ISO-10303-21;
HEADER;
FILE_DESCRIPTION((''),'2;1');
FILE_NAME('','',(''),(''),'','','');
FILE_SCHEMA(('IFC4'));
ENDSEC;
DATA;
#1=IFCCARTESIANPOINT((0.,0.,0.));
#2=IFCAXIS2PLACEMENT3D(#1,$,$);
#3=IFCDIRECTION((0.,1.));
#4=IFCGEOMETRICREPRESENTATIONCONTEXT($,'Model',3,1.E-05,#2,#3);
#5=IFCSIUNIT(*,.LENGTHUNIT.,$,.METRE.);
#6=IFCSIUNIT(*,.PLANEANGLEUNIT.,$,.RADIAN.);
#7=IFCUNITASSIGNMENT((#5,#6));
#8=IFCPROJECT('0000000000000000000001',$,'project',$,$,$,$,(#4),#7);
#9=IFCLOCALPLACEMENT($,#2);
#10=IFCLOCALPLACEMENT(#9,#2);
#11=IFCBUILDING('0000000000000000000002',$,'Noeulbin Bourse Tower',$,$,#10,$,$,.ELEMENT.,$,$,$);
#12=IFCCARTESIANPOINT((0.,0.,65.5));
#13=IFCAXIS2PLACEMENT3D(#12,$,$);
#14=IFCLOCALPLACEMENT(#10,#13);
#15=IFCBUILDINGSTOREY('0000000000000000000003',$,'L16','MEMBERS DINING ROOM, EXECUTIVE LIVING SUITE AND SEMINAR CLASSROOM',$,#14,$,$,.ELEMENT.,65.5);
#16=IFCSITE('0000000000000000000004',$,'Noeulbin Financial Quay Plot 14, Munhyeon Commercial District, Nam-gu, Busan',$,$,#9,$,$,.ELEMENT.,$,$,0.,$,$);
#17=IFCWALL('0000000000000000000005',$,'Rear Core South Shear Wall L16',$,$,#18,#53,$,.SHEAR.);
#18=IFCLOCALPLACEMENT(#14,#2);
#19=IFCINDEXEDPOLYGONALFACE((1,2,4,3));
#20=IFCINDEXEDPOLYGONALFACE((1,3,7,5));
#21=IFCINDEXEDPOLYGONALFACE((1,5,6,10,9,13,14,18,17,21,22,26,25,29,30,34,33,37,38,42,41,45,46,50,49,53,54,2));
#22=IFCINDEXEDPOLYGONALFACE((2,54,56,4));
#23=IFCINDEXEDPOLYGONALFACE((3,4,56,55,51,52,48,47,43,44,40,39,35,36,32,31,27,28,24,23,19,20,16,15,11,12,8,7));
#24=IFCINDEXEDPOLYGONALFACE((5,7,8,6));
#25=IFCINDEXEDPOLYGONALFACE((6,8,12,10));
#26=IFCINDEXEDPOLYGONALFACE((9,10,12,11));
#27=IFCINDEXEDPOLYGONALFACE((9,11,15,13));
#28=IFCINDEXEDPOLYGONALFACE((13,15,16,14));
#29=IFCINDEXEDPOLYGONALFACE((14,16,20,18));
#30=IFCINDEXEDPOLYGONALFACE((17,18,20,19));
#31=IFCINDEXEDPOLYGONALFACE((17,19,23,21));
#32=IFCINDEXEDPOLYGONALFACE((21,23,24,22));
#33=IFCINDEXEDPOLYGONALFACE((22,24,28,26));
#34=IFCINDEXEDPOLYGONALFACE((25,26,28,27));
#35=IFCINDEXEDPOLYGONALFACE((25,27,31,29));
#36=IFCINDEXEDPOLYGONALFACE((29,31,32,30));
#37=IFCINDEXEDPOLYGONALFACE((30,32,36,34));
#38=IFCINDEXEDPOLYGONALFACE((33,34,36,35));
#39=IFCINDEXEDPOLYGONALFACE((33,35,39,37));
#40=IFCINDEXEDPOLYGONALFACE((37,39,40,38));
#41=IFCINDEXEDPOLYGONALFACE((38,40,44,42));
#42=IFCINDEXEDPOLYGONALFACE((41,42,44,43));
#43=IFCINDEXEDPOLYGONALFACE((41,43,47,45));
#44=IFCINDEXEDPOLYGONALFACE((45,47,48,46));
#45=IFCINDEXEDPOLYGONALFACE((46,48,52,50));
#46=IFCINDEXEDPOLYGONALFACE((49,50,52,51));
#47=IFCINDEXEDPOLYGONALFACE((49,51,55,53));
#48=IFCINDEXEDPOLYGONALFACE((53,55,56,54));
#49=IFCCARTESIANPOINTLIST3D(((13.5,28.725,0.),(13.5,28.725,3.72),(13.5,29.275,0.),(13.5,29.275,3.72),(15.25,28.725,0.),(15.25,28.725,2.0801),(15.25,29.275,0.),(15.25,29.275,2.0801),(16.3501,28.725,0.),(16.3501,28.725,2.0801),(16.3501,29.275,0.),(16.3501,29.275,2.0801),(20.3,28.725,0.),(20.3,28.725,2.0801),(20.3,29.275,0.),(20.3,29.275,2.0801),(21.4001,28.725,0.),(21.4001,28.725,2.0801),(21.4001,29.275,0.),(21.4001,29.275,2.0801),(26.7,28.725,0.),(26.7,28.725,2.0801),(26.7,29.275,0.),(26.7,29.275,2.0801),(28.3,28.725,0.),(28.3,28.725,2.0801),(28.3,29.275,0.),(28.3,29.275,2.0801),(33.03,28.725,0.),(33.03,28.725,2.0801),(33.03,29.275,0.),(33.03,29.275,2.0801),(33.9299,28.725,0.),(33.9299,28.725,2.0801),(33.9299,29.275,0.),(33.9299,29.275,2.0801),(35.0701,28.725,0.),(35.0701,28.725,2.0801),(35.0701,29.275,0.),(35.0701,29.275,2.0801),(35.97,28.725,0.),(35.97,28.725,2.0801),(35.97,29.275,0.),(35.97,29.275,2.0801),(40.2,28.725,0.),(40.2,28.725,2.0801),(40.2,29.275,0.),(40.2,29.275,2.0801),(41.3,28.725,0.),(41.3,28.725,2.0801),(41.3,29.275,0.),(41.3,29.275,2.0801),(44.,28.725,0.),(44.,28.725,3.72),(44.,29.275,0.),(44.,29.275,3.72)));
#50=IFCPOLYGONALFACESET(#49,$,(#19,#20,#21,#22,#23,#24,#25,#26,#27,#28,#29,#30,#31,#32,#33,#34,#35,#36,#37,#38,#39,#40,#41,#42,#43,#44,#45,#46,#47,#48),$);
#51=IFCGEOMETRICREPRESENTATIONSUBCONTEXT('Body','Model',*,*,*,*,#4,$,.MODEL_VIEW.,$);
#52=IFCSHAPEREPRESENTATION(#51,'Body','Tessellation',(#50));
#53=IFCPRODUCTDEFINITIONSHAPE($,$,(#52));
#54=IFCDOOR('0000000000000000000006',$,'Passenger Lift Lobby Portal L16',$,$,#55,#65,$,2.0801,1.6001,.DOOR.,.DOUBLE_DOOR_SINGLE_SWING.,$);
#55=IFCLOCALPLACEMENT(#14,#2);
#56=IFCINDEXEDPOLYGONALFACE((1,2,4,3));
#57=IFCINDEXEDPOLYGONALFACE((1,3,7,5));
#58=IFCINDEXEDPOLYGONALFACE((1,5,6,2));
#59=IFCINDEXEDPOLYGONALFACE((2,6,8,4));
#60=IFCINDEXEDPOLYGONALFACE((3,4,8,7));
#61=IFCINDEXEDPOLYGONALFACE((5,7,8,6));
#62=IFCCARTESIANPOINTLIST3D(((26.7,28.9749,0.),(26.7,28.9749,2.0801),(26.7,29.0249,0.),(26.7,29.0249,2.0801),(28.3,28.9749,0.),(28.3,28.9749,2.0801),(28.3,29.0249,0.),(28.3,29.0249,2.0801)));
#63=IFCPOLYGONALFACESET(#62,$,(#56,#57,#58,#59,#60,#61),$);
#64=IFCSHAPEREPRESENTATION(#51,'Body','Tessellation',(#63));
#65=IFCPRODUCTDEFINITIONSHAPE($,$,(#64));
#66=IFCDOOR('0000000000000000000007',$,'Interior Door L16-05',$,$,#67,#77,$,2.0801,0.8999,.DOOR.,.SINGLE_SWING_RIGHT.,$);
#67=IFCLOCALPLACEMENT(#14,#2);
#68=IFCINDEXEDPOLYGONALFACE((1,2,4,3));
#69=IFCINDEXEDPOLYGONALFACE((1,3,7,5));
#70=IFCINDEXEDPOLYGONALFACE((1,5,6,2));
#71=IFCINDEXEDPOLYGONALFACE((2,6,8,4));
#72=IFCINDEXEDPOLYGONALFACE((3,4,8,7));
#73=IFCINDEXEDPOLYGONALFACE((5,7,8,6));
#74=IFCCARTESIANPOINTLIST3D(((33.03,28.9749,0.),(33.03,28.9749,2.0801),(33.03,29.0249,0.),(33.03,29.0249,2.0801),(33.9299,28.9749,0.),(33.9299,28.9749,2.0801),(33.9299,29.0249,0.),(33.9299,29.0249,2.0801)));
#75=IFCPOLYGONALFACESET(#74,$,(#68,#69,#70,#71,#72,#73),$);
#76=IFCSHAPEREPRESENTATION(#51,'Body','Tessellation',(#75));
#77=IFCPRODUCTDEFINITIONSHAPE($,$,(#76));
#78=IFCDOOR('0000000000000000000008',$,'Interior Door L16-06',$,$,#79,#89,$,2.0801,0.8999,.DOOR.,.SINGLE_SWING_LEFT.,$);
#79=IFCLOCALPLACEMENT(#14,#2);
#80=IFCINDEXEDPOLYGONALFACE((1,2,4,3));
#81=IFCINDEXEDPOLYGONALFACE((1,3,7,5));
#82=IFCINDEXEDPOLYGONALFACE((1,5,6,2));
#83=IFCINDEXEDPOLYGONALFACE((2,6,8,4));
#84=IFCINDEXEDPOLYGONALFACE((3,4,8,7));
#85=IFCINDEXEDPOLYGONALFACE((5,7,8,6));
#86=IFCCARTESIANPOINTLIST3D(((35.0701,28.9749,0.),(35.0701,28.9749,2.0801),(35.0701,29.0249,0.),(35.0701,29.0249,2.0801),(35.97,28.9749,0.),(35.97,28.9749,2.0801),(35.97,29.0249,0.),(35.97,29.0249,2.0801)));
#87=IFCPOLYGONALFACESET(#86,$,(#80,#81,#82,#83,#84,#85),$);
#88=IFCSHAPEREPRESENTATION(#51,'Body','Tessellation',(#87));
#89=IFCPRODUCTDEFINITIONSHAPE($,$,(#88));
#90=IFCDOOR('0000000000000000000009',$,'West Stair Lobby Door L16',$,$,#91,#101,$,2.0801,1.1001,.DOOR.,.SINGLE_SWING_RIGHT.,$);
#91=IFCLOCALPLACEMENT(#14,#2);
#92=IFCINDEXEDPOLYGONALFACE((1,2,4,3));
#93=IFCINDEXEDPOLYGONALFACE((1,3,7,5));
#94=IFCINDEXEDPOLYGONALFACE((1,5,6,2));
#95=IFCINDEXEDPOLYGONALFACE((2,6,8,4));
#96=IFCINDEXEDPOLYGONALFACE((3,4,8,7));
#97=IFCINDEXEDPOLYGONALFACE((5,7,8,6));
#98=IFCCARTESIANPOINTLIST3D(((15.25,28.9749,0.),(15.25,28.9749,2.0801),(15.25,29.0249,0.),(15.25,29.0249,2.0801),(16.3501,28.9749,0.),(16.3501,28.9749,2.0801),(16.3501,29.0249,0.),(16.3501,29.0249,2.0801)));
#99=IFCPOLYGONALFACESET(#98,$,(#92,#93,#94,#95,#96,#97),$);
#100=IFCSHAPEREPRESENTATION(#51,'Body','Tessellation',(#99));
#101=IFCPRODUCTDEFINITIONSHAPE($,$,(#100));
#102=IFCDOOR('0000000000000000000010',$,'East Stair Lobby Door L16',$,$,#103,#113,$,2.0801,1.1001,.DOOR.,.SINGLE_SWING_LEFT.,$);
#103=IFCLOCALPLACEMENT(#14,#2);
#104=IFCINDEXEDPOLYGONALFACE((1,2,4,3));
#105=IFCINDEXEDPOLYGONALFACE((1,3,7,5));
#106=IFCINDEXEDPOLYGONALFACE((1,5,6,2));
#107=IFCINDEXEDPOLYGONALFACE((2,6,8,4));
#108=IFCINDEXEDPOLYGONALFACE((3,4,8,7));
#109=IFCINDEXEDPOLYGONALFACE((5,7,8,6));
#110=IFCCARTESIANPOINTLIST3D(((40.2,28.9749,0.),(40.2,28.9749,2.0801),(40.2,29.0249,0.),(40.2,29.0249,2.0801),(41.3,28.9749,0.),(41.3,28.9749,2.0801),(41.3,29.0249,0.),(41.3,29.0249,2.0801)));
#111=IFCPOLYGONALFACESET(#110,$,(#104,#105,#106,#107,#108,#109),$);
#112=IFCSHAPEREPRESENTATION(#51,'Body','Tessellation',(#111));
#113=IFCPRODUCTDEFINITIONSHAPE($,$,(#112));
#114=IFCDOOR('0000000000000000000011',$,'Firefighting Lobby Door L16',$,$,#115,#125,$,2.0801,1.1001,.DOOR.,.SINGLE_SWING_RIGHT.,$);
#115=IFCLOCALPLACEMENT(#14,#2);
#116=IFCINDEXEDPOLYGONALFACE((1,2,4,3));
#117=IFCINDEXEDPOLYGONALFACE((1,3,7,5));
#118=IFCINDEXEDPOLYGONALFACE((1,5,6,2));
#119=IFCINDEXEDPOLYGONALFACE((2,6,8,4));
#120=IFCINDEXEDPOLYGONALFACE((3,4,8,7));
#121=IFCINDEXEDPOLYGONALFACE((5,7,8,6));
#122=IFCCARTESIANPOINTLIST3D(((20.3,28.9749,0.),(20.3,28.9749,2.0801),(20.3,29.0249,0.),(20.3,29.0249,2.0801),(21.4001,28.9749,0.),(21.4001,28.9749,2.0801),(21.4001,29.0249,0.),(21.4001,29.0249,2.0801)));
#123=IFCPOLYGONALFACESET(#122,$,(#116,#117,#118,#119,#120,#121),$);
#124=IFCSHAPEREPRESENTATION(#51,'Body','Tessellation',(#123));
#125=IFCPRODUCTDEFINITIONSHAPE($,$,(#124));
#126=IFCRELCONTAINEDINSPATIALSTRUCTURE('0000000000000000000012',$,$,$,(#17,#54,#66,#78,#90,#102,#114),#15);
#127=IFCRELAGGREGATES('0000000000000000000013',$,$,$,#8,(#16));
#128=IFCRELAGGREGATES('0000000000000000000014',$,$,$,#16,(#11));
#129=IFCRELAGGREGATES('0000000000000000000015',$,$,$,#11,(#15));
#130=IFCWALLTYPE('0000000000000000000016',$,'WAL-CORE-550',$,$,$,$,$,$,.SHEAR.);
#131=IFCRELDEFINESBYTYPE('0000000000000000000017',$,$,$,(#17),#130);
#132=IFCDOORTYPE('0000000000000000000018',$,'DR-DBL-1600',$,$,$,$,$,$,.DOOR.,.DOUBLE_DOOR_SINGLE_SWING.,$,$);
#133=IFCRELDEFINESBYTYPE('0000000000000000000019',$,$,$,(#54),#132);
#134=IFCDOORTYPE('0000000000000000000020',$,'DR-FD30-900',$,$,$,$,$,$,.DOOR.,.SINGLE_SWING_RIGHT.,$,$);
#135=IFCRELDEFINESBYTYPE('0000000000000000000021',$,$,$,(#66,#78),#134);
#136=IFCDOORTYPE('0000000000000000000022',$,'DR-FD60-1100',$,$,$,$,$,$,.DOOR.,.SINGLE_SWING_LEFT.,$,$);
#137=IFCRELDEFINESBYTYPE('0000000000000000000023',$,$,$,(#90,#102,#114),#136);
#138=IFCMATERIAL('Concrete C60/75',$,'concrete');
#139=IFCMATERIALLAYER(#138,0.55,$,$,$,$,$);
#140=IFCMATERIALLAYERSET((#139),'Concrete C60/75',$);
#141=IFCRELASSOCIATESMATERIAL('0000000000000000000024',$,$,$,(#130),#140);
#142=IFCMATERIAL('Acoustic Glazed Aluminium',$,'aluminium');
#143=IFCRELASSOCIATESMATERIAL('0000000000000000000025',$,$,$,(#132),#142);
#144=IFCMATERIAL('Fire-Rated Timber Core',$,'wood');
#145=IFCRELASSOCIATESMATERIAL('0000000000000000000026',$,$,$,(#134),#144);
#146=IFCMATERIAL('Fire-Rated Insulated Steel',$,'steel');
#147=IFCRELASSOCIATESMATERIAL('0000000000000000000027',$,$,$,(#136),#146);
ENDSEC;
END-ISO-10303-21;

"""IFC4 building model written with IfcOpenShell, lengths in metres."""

from ifc_helpers import new_model, si_unit, direction, frame, frame_2d, origin, place, context, subcontext, project, spatial, rectangle, extrude, material, layer, layer_set, type_object, element, fill, save


model = new_model("IFC4")

# Units and contexts
model_context = context("Model", 3, precision=1e-05, world=origin(), true_north=direction((0.0, 1.0)))
body_context = subcontext(model_context, "Body", "Model", "MODEL_VIEW")
ifc_project = project(units=[si_unit("LENGTHUNIT", "METRE"), si_unit("PLANEANGLEUNIT", "RADIAN")], contexts=[model_context])

# Site, building, storey
site_placement = place(None, origin())
site = spatial("IfcSite", under=ifc_project, at=site_placement, Name="Noeulbin Financial Quay Plot 14, Munhyeon Commercial District, Nam-gu, Busan", CompositionType="ELEMENT", RefElevation=0.0)
building_placement = place(site_placement, origin())
building = spatial("IfcBuilding", under=site, at=building_placement, Name="Noeulbin Bourse Tower", CompositionType="ELEMENT")
storey_placement = place(building_placement, frame((0.0, 0.0, 65.5)))
storey = spatial("IfcBuildingStorey", under=building, at=storey_placement, Name="L16", Description="MEMBERS DINING ROOM, EXECUTIVE LIVING SUITE AND SEMINAR CLASSROOM", CompositionType="ELEMENT", Elevation=65.5)

# Wall, openings, doors
ifc_material_1 = material(Name="Concrete C60/75", Category="concrete")
ifc_layer_1 = layer(ifc_material_1, 0.55)
ifc_layer_set_1 = layer_set([ifc_layer_1], Name="Concrete C60/75")
wall_type_1 = type_object("IfcWallType", Name="WAL-CORE-550", PredefinedType="SHEAR", material=ifc_layer_set_1)
wall_1_placement = place(storey_placement, frame((13.5, 29.0, 0.0), z_axis=(0.0, 0.0, 1.0), x_axis=(1.0, 0.0, 0.0)))
wall_1 = element("IfcWall", 1, at=wall_1_placement, inside=storey, type_object=wall_type_1, Name="Rear Core South Shear Wall L16", PredefinedType="SHEAR", context=body_context, shape_type="SweptSolid", body=[
    extrude(rectangle(XDim=30.5, YDim=0.55, at=frame_2d((15.25, 0.0))), origin(), (0.0, 0.0, 1.0), 3.72),
])
opening_1_placement = place(wall_1_placement, frame((1.75, 0.0, 0.0)))
opening_1 = element("IfcOpeningElement", 2, at=opening_1_placement, cuts=wall_1, PredefinedType="OPENING", context=body_context, shape_type="SweptSolid", body=[
    extrude(rectangle(XDim=1.1001, YDim=2.0801, at=frame_2d((0.55, 1.04))), frame((0.0, 0.2849, 0.0), z_axis=(0.0, -1.0, 0.0), x_axis=(1.0, 0.0, 0.0)), (0.0, 0.0, 1.0), 0.5701),
])
opening_2_placement = place(wall_1_placement, frame((26.7, 0.0, 0.0)))
opening_2 = element("IfcOpeningElement", 3, at=opening_2_placement, cuts=wall_1, PredefinedType="OPENING", context=body_context, shape_type="SweptSolid", body=[
    extrude(rectangle(XDim=1.1001, YDim=2.0801, at=frame_2d((0.55, 1.04))), frame((0.0, 0.2849, 0.0), z_axis=(0.0, -1.0, 0.0), x_axis=(1.0, 0.0, 0.0)), (0.0, 0.0, 1.0), 0.5701),
])
opening_3_placement = place(wall_1_placement, frame((6.8, 0.0, 0.0)))
opening_3 = element("IfcOpeningElement", 4, at=opening_3_placement, cuts=wall_1, PredefinedType="OPENING", context=body_context, shape_type="SweptSolid", body=[
    extrude(rectangle(XDim=1.1001, YDim=2.0801, at=frame_2d((0.55, 1.04))), frame((0.0, 0.2849, 0.0), z_axis=(0.0, -1.0, 0.0), x_axis=(1.0, 0.0, 0.0)), (0.0, 0.0, 1.0), 0.5701),
])
opening_4_placement = place(wall_1_placement, frame((13.2, 0.0, 0.0)))
opening_4 = element("IfcOpeningElement", 5, at=opening_4_placement, cuts=wall_1, PredefinedType="OPENING", context=body_context, shape_type="SweptSolid", body=[
    extrude(rectangle(XDim=1.6001, YDim=2.0801, at=frame_2d((0.8, 1.04))), frame((0.0, 0.2849, 0.0), z_axis=(0.0, -1.0, 0.0), x_axis=(1.0, 0.0, 0.0)), (0.0, 0.0, 1.0), 0.5701),
])
opening_5_placement = place(wall_1_placement, frame((19.53, 0.0, 0.0)))
opening_5 = element("IfcOpeningElement", 6, at=opening_5_placement, cuts=wall_1, PredefinedType="OPENING", context=body_context, shape_type="SweptSolid", body=[
    extrude(rectangle(XDim=0.8999, YDim=2.0801, at=frame_2d((0.45, 1.04))), frame((0.0, 0.2849, 0.0), z_axis=(0.0, -1.0, 0.0), x_axis=(1.0, 0.0, 0.0)), (0.0, 0.0, 1.0), 0.5701),
])
opening_6_placement = place(wall_1_placement, frame((21.5701, 0.0, 0.0)))
opening_6 = element("IfcOpeningElement", 7, at=opening_6_placement, cuts=wall_1, PredefinedType="OPENING", context=body_context, shape_type="SweptSolid", body=[
    extrude(rectangle(XDim=0.8999, YDim=2.0801, at=frame_2d((0.45, 1.04))), frame((0.0, 0.2849, 0.0), z_axis=(0.0, -1.0, 0.0), x_axis=(1.0, 0.0, 0.0)), (0.0, 0.0, 1.0), 0.5701),
])
ifc_material_2 = material(Name="Acoustic Glazed Aluminium", Category="aluminium")
door_type_1 = type_object("IfcDoorType", Name="DR-DBL-1600", OperationType="DOUBLE_DOOR_SINGLE_SWING", PredefinedType="DOOR", material=ifc_material_2)
door_1_placement = place(opening_4_placement, origin())
door_1 = element("IfcDoor", 8, at=door_1_placement, inside=storey, type_object=door_type_1, Name="Passenger Lift Lobby Portal L16", OperationType="DOUBLE_DOOR_SINGLE_SWING", OverallHeight=2.0801, OverallWidth=1.6001, PredefinedType="DOOR", context=body_context, shape_type="SweptSolid", body=[
    extrude(rectangle(XDim=1.6001, YDim=2.0801, at=frame_2d((0.8, 1.04))), frame((0.0, 0.0249, 0.0), z_axis=(0.0, -1.0, 0.0), x_axis=(1.0, 0.0, 0.0)), (0.0, 0.0, 1.0), 0.05),
])
fill(opening_4, door_1)
ifc_material_3 = material(Name="Fire-Rated Timber Core", Category="wood")
door_type_2 = type_object("IfcDoorType", Name="DR-FD30-900", OperationType="SINGLE_SWING_RIGHT", PredefinedType="DOOR", material=ifc_material_3)
door_2_placement = place(opening_5_placement, origin())
door_2 = element("IfcDoor", 9, at=door_2_placement, inside=storey, type_object=door_type_2, Name="Interior Door L16-05", OperationType="SINGLE_SWING_RIGHT", OverallHeight=2.0801, OverallWidth=0.8999, PredefinedType="DOOR", context=body_context, shape_type="SweptSolid", body=[
    extrude(rectangle(XDim=0.8999, YDim=2.0801, at=frame_2d((0.45, 1.04))), frame((0.0, 0.0249, 0.0), z_axis=(0.0, -1.0, 0.0), x_axis=(1.0, 0.0, 0.0)), (0.0, 0.0, 1.0), 0.05),
])
fill(opening_5, door_2)
door_3_placement = place(opening_6_placement, origin())
door_3 = element("IfcDoor", 10, at=door_3_placement, inside=storey, type_object=door_type_2, Name="Interior Door L16-06", OperationType="SINGLE_SWING_LEFT", OverallHeight=2.0801, OverallWidth=0.8999, PredefinedType="DOOR", context=body_context, shape_type="SweptSolid", body=[
    extrude(rectangle(XDim=0.8999, YDim=2.0801, at=frame_2d((0.45, 1.04))), frame((0.0, 0.0249, 0.0), z_axis=(0.0, -1.0, 0.0), x_axis=(1.0, 0.0, 0.0)), (0.0, 0.0, 1.0), 0.05),
])
fill(opening_6, door_3)
ifc_material_4 = material(Name="Fire-Rated Insulated Steel", Category="steel")
door_type_3 = type_object("IfcDoorType", Name="DR-FD60-1100", OperationType="SINGLE_SWING_LEFT", PredefinedType="DOOR", material=ifc_material_4)
door_4_placement = place(opening_1_placement, origin())
door_4 = element("IfcDoor", 11, at=door_4_placement, inside=storey, type_object=door_type_3, Name="West Stair Lobby Door L16", OperationType="SINGLE_SWING_RIGHT", OverallHeight=2.0801, OverallWidth=1.1001, PredefinedType="DOOR", context=body_context, shape_type="SweptSolid", body=[
    extrude(rectangle(XDim=1.1001, YDim=2.0801, at=frame_2d((0.55, 1.04))), frame((0.0, 0.0249, 0.0), z_axis=(0.0, -1.0, 0.0), x_axis=(1.0, 0.0, 0.0)), (0.0, 0.0, 1.0), 0.05),
])
fill(opening_1, door_4)
door_5_placement = place(opening_2_placement, origin())
door_5 = element("IfcDoor", 12, at=door_5_placement, inside=storey, type_object=door_type_3, Name="East Stair Lobby Door L16", OperationType="SINGLE_SWING_LEFT", OverallHeight=2.0801, OverallWidth=1.1001, PredefinedType="DOOR", context=body_context, shape_type="SweptSolid", body=[
    extrude(rectangle(XDim=1.1001, YDim=2.0801, at=frame_2d((0.55, 1.04))), frame((0.0, 0.0249, 0.0), z_axis=(0.0, -1.0, 0.0), x_axis=(1.0, 0.0, 0.0)), (0.0, 0.0, 1.0), 0.05),
])
fill(opening_2, door_5)
door_6_placement = place(opening_3_placement, origin())
door_6 = element("IfcDoor", 13, at=door_6_placement, inside=storey, type_object=door_type_3, Name="Firefighting Lobby Door L16", OperationType="SINGLE_SWING_RIGHT", OverallHeight=2.0801, OverallWidth=1.1001, PredefinedType="DOOR", context=body_context, shape_type="SweptSolid", body=[
    extrude(rectangle(XDim=1.1001, YDim=2.0801, at=frame_2d((0.55, 1.04))), frame((0.0, 0.0249, 0.0), z_axis=(0.0, -1.0, 0.0), x_axis=(1.0, 0.0, 0.0)), (0.0, 0.0, 1.0), 0.05),
])
fill(opening_3, door_6)

save(model, "model.ifc")
